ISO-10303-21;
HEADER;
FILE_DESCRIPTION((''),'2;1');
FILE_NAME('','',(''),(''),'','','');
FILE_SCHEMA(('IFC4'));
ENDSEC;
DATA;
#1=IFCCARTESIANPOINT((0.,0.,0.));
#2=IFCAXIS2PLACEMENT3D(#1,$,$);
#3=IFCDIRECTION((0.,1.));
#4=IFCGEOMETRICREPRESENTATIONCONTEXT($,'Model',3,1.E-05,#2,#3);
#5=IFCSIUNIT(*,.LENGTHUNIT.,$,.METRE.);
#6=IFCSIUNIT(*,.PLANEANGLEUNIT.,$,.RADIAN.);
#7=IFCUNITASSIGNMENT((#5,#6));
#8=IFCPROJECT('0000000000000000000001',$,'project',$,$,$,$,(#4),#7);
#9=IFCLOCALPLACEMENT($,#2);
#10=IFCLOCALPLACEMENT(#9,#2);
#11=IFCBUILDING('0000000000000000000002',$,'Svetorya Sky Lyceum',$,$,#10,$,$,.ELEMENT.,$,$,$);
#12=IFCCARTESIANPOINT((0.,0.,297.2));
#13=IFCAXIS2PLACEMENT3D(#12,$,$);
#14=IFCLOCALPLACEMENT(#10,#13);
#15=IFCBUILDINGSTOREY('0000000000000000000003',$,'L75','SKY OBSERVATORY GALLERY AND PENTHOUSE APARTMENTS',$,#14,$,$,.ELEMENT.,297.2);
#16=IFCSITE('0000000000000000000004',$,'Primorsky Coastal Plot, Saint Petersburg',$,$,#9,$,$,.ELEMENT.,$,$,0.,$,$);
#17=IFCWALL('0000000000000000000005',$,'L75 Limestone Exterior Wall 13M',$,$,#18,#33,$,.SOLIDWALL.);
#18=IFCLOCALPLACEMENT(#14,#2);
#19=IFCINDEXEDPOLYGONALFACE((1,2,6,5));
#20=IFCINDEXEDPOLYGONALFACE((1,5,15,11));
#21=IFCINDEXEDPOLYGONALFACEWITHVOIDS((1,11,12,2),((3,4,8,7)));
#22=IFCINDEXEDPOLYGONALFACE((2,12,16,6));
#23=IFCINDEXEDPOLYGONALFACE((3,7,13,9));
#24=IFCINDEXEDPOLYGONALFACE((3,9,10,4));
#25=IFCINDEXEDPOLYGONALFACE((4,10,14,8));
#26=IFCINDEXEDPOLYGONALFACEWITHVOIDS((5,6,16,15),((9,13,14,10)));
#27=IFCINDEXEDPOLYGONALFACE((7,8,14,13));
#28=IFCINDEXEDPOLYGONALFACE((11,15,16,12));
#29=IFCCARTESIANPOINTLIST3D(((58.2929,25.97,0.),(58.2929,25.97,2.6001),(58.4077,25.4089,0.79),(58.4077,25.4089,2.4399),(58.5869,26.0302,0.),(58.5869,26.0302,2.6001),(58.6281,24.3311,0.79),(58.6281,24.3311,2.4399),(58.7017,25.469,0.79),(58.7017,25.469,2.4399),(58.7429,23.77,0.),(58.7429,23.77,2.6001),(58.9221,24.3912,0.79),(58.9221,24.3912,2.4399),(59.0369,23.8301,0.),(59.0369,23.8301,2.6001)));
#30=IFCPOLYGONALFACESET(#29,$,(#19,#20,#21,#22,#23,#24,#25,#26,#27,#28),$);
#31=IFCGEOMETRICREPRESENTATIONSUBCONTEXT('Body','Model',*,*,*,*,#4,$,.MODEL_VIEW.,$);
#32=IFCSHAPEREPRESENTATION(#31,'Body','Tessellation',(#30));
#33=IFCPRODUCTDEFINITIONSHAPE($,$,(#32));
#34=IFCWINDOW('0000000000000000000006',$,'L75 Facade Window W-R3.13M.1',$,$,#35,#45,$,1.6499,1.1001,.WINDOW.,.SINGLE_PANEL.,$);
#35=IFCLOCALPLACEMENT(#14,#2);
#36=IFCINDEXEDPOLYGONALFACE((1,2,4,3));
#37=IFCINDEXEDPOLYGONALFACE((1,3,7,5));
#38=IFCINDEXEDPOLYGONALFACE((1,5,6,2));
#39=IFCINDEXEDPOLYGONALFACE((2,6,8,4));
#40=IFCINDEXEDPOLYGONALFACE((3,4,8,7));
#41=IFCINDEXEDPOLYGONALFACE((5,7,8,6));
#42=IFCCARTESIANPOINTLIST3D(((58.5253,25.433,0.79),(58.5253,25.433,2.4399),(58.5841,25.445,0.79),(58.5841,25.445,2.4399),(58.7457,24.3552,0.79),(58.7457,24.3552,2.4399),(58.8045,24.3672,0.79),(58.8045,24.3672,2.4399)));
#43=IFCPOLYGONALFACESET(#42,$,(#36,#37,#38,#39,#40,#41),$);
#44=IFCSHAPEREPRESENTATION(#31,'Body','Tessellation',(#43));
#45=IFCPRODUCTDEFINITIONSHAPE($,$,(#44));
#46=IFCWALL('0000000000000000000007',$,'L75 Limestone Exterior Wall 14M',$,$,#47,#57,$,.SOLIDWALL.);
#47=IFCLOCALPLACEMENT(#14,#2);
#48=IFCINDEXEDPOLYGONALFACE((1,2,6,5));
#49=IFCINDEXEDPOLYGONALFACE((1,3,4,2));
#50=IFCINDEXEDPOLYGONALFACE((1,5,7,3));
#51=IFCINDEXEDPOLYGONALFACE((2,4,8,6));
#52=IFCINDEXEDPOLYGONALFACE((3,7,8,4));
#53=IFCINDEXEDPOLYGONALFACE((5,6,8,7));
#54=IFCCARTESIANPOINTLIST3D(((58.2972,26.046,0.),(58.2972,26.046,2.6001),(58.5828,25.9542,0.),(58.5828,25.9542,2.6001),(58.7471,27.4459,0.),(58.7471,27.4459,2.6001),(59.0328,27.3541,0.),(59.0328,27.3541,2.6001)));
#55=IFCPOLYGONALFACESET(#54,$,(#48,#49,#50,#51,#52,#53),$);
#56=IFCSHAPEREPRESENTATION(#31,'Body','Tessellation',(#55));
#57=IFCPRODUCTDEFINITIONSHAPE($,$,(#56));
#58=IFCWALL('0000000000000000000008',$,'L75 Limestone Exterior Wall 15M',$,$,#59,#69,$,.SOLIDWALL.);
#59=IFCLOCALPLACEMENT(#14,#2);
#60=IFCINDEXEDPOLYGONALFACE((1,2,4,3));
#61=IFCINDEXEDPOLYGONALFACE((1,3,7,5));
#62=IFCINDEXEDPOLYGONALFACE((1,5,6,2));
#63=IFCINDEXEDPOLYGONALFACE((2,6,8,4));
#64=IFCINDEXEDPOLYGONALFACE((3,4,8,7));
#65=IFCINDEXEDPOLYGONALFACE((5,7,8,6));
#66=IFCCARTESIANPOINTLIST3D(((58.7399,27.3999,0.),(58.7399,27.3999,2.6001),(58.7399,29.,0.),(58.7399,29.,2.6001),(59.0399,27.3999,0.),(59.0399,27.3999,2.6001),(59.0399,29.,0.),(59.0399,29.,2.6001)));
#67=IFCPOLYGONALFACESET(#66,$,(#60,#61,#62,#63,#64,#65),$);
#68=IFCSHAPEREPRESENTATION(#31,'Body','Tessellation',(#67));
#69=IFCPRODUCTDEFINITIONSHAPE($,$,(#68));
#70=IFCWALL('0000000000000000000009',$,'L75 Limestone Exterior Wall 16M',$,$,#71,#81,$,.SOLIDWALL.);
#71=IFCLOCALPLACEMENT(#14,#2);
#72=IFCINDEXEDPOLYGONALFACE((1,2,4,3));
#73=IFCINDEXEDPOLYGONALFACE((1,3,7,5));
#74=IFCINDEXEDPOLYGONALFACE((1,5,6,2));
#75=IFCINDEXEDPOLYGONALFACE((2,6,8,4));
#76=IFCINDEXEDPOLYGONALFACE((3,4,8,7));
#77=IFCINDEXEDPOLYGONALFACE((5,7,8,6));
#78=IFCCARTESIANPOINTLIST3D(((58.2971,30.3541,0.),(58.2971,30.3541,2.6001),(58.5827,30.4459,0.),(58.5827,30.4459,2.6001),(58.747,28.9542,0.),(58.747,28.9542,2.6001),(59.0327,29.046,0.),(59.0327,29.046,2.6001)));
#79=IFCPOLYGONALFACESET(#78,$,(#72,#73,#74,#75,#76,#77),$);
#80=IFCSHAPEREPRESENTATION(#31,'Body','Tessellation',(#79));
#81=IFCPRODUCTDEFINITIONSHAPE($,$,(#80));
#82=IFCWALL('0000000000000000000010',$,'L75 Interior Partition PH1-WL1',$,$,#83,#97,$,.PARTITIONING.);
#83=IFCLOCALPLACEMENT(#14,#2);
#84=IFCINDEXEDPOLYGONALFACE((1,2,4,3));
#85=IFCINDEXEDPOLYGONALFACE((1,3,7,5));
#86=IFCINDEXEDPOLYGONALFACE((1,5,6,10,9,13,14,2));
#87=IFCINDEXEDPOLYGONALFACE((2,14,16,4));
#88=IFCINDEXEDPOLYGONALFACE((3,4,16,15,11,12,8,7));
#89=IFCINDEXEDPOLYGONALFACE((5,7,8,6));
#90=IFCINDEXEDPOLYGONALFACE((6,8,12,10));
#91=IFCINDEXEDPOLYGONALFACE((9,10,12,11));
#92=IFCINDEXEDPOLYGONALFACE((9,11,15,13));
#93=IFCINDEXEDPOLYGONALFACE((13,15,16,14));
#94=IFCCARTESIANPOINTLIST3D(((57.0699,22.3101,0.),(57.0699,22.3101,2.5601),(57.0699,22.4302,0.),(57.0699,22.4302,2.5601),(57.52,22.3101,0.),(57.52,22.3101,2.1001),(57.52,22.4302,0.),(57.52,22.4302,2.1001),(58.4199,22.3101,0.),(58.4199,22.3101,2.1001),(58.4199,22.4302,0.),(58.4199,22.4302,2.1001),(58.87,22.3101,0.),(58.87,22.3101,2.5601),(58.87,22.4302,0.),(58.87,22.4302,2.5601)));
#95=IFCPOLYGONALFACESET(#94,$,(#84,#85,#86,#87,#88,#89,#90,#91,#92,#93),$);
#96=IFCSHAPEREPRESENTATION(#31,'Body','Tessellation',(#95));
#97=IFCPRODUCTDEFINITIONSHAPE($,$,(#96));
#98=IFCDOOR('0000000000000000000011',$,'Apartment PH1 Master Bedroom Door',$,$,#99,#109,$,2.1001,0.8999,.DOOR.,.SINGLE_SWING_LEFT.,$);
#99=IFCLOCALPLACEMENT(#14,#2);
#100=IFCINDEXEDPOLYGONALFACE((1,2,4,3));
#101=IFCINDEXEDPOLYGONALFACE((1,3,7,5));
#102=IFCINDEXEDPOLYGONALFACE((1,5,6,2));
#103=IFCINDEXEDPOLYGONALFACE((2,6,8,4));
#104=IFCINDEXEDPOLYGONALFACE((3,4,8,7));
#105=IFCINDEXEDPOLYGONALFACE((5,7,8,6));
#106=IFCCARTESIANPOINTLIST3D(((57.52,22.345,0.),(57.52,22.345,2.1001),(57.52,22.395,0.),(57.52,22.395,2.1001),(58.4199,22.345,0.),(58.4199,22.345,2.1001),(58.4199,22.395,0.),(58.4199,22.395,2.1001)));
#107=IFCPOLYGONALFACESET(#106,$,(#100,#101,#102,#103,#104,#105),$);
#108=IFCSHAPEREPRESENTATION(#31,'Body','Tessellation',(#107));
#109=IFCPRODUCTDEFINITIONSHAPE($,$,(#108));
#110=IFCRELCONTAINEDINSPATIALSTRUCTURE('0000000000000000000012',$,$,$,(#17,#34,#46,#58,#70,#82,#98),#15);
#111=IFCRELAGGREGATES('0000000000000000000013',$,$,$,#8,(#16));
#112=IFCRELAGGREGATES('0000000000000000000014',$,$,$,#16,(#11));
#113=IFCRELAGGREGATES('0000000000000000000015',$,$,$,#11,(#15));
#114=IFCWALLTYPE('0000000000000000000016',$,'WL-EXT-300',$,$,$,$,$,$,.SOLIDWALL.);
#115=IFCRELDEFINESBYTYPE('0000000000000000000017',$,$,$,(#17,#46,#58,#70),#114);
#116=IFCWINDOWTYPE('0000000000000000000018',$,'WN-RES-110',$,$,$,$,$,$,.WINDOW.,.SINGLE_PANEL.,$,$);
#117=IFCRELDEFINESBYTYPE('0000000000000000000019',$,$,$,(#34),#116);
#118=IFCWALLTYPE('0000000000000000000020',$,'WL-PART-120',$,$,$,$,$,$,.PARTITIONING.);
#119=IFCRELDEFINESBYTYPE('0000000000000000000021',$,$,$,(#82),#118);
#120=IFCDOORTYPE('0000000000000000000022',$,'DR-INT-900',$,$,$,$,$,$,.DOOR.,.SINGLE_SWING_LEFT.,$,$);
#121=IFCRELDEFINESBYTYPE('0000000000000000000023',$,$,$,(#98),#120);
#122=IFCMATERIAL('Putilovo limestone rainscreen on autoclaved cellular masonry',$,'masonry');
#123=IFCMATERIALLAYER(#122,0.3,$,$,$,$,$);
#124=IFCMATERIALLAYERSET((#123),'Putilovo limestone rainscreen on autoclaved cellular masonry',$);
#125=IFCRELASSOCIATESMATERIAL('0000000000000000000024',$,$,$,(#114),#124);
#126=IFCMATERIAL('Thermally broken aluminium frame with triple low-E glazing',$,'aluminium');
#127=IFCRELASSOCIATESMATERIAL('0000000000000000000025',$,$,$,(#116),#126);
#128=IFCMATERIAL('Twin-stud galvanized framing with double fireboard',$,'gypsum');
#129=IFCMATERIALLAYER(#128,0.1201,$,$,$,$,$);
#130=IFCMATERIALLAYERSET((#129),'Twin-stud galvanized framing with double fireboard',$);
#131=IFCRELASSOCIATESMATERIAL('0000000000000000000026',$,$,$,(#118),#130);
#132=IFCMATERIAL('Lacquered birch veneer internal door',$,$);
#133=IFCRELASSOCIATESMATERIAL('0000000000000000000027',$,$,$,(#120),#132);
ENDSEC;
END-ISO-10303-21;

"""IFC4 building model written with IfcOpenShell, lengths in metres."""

from ifc_helpers import new_model, si_unit, direction, frame, frame_2d, origin, place, context, subcontext, project, spatial, rectangle, extrude, material, layer, layer_set, type_object, element, fill, save


model = new_model("IFC4")

# Units and contexts
model_context = context("Model", 3, precision=1e-05, world=origin(), true_north=direction((0.0, 1.0)))
body_context = subcontext(model_context, "Body", "Model", "MODEL_VIEW")
ifc_project = project(units=[si_unit("LENGTHUNIT", "METRE"), si_unit("PLANEANGLEUNIT", "RADIAN")], contexts=[model_context])

# Site, building, storey
site_placement = place(None, origin())
site = spatial("IfcSite", under=ifc_project, at=site_placement, Name="Primorsky Coastal Plot, Saint Petersburg", CompositionType="ELEMENT", RefElevation=0.0)
building_placement = place(site_placement, origin())
building = spatial("IfcBuilding", under=site, at=building_placement, Name="Svetorya Sky Lyceum", CompositionType="ELEMENT")
storey_placement = place(building_placement, frame((0.0, 0.0, 297.2)))
storey = spatial("IfcBuildingStorey", under=building, at=storey_placement, Name="L75", Description="SKY OBSERVATORY GALLERY AND PENTHOUSE APARTMENTS", CompositionType="ELEMENT", Elevation=297.2)

# Shared definitions
ifc_material_1 = material(Name="Putilovo limestone rainscreen on autoclaved cellular masonry", Category="masonry")
ifc_layer_1 = layer(ifc_material_1, 0.3)
ifc_layer_set_1 = layer_set([ifc_layer_1], Name="Putilovo limestone rainscreen on autoclaved cellular masonry")
wall_type_1 = type_object("IfcWallType", Name="WL-EXT-300", PredefinedType="SOLIDWALL", material=ifc_layer_set_1)

# Wall, opening, window
wall_1_placement = place(storey_placement, frame((58.8899, 23.8, 0.0), z_axis=(0.0, 0.0, 1.0), x_axis=(-0.20038, 0.979718, 0.0)))
wall_1 = element("IfcWall", 1, at=wall_1_placement, inside=storey, type_object=wall_type_1, Name="L75 Limestone Exterior Wall 13M", PredefinedType="SOLIDWALL", context=body_context, shape_type="SweptSolid", body=[
    extrude(rectangle(XDim=2.2456, YDim=0.3, at=frame_2d((1.1228, 0.0))), origin(), (0.0, 0.0, 1.0), 2.6001),
])
opening_1_placement = place(wall_1_placement, frame((0.5728, 0.0, 0.79)))
opening_1 = element("IfcOpeningElement", 2, at=opening_1_placement, cuts=wall_1, PredefinedType="OPENING", context=body_context, shape_type="SweptSolid", body=[
    extrude(rectangle(XDim=1.1001, YDim=1.6499, at=frame_2d((0.55, 0.825))), frame((0.0, 0.1599, 0.0), z_axis=(0.0, -1.0, 0.0), x_axis=(1.0, 0.0, 0.0)), (0.0, 0.0, 1.0), 0.3201),
])
ifc_material_2 = material(Name="Thermally broken aluminium frame with triple low-E glazing", Category="aluminium")
window_type = type_object("IfcWindowType", Name="WN-RES-110", PartitioningType="SINGLE_PANEL", PredefinedType="WINDOW", material=ifc_material_2)
window_placement = place(opening_1_placement, origin())
window = element("IfcWindow", 3, at=window_placement, inside=storey, type_object=window_type, Name="L75 Facade Window W-R3.13M.1", OverallHeight=1.6499, OverallWidth=1.1001, PartitioningType="SINGLE_PANEL", PredefinedType="WINDOW", context=body_context, shape_type="SweptSolid", body=[
    extrude(rectangle(XDim=1.1001, YDim=1.6499, at=frame_2d((0.55, 0.825))), frame((0.0, 0.03, 0.0), z_axis=(0.0, -1.0, 0.0), x_axis=(1.0, 0.0, 0.0)), (0.0, 0.0, 1.0), 0.0601),
])
fill(opening_1, window)

# Walls
wall_2_placement = place(storey_placement, frame((58.4399, 26.0, 0.0), z_axis=(0.0, 0.0, 1.0), x_axis=(0.305998, 0.952032, 0.0)))
element("IfcWall", 4, at=wall_2_placement, inside=storey, type_object=wall_type_1, Name="L75 Limestone Exterior Wall 14M", PredefinedType="SOLIDWALL", context=body_context, shape_type="SweptSolid", body=[
    extrude(rectangle(XDim=1.4705, YDim=0.3, at=frame_2d((0.7354, 0.0))), origin(), (0.0, 0.0, 1.0), 2.6001),
])
wall_3_placement = place(storey_placement, frame((58.8899, 27.3999, 0.0), z_axis=(0.0, 0.0, 1.0), x_axis=(0.0, 1.0, 0.0)))
element("IfcWall", 5, at=wall_3_placement, inside=storey, type_object=wall_type_1, Name="L75 Limestone Exterior Wall 15M", PredefinedType="SOLIDWALL", context=body_context, shape_type="SweptSolid", body=[
    extrude(rectangle(XDim=1.6001, YDim=0.3, at=frame_2d((0.8, 0.0))), origin(), (0.0, 0.0, 1.0), 2.6001),
])
wall_4_placement = place(storey_placement, frame((58.8899, 29.0, 0.0), z_axis=(0.0, 0.0, 1.0), x_axis=(-0.305998, 0.952032, 0.0)))
element("IfcWall", 6, at=wall_4_placement, inside=storey, type_object=wall_type_1, Name="L75 Limestone Exterior Wall 16M", PredefinedType="SOLIDWALL", context=body_context, shape_type="SweptSolid", body=[
    extrude(rectangle(XDim=1.4705, YDim=0.3, at=frame_2d((0.7354, 0.0))), origin(), (0.0, 0.0, 1.0), 2.6001),
])

# Wall, opening, door
ifc_material_3 = material(Name="Twin-stud galvanized framing with double fireboard", Category="gypsum")
ifc_layer_2 = layer(ifc_material_3, 0.1201)
ifc_layer_set_2 = layer_set([ifc_layer_2], Name="Twin-stud galvanized framing with double fireboard")
wall_type_2 = type_object("IfcWallType", Name="WL-PART-120", PredefinedType="PARTITIONING", material=ifc_layer_set_2)
wall_5_placement = place(storey_placement, frame((57.0701, 22.3701, 0.0), z_axis=(0.0, 0.0, 1.0), x_axis=(1.0, 0.0, 0.0)))
wall_5 = element("IfcWall", 7, at=wall_5_placement, inside=storey, type_object=wall_type_2, Name="L75 Interior Partition PH1-WL1", PredefinedType="PARTITIONING", context=body_context, shape_type="SweptSolid", body=[
    extrude(rectangle(XDim=1.8, YDim=0.1201, at=frame_2d((0.8999, 0.0))), origin(), (0.0, 0.0, 1.0), 2.5601),
])
opening_2_placement = place(wall_5_placement, frame((0.45, 0.0, 0.0)))
opening_2 = element("IfcOpeningElement", 8, at=opening_2_placement, cuts=wall_5, PredefinedType="OPENING", context=body_context, shape_type="SweptSolid", body=[
    extrude(rectangle(XDim=0.8999, YDim=2.1001, at=frame_2d((0.45, 1.05))), frame((0.0, 0.0701, 0.0), z_axis=(0.0, -1.0, 0.0), x_axis=(1.0, 0.0, 0.0)), (0.0, 0.0, 1.0), 0.1401),
])
ifc_material_4 = material(Name="Lacquered birch veneer internal door")
door_type = type_object("IfcDoorType", Name="DR-INT-900", OperationType="SINGLE_SWING_LEFT", PredefinedType="DOOR", material=ifc_material_4)
door_placement = place(opening_2_placement, origin())
door = element("IfcDoor", 9, at=door_placement, inside=storey, type_object=door_type, Name="Apartment PH1 Master Bedroom Door", OperationType="SINGLE_SWING_LEFT", OverallHeight=2.1001, OverallWidth=0.8999, PredefinedType="DOOR", context=body_context, shape_type="SweptSolid", body=[
    extrude(rectangle(XDim=0.8999, YDim=2.1001, at=frame_2d((0.45, 1.05))), frame((0.0, 0.0249, 0.0), z_axis=(0.0, -1.0, 0.0), x_axis=(1.0, 0.0, 0.0)), (0.0, 0.0, 1.0), 0.05),
])
fill(opening_2, door)

save(model, "model.ifc")
